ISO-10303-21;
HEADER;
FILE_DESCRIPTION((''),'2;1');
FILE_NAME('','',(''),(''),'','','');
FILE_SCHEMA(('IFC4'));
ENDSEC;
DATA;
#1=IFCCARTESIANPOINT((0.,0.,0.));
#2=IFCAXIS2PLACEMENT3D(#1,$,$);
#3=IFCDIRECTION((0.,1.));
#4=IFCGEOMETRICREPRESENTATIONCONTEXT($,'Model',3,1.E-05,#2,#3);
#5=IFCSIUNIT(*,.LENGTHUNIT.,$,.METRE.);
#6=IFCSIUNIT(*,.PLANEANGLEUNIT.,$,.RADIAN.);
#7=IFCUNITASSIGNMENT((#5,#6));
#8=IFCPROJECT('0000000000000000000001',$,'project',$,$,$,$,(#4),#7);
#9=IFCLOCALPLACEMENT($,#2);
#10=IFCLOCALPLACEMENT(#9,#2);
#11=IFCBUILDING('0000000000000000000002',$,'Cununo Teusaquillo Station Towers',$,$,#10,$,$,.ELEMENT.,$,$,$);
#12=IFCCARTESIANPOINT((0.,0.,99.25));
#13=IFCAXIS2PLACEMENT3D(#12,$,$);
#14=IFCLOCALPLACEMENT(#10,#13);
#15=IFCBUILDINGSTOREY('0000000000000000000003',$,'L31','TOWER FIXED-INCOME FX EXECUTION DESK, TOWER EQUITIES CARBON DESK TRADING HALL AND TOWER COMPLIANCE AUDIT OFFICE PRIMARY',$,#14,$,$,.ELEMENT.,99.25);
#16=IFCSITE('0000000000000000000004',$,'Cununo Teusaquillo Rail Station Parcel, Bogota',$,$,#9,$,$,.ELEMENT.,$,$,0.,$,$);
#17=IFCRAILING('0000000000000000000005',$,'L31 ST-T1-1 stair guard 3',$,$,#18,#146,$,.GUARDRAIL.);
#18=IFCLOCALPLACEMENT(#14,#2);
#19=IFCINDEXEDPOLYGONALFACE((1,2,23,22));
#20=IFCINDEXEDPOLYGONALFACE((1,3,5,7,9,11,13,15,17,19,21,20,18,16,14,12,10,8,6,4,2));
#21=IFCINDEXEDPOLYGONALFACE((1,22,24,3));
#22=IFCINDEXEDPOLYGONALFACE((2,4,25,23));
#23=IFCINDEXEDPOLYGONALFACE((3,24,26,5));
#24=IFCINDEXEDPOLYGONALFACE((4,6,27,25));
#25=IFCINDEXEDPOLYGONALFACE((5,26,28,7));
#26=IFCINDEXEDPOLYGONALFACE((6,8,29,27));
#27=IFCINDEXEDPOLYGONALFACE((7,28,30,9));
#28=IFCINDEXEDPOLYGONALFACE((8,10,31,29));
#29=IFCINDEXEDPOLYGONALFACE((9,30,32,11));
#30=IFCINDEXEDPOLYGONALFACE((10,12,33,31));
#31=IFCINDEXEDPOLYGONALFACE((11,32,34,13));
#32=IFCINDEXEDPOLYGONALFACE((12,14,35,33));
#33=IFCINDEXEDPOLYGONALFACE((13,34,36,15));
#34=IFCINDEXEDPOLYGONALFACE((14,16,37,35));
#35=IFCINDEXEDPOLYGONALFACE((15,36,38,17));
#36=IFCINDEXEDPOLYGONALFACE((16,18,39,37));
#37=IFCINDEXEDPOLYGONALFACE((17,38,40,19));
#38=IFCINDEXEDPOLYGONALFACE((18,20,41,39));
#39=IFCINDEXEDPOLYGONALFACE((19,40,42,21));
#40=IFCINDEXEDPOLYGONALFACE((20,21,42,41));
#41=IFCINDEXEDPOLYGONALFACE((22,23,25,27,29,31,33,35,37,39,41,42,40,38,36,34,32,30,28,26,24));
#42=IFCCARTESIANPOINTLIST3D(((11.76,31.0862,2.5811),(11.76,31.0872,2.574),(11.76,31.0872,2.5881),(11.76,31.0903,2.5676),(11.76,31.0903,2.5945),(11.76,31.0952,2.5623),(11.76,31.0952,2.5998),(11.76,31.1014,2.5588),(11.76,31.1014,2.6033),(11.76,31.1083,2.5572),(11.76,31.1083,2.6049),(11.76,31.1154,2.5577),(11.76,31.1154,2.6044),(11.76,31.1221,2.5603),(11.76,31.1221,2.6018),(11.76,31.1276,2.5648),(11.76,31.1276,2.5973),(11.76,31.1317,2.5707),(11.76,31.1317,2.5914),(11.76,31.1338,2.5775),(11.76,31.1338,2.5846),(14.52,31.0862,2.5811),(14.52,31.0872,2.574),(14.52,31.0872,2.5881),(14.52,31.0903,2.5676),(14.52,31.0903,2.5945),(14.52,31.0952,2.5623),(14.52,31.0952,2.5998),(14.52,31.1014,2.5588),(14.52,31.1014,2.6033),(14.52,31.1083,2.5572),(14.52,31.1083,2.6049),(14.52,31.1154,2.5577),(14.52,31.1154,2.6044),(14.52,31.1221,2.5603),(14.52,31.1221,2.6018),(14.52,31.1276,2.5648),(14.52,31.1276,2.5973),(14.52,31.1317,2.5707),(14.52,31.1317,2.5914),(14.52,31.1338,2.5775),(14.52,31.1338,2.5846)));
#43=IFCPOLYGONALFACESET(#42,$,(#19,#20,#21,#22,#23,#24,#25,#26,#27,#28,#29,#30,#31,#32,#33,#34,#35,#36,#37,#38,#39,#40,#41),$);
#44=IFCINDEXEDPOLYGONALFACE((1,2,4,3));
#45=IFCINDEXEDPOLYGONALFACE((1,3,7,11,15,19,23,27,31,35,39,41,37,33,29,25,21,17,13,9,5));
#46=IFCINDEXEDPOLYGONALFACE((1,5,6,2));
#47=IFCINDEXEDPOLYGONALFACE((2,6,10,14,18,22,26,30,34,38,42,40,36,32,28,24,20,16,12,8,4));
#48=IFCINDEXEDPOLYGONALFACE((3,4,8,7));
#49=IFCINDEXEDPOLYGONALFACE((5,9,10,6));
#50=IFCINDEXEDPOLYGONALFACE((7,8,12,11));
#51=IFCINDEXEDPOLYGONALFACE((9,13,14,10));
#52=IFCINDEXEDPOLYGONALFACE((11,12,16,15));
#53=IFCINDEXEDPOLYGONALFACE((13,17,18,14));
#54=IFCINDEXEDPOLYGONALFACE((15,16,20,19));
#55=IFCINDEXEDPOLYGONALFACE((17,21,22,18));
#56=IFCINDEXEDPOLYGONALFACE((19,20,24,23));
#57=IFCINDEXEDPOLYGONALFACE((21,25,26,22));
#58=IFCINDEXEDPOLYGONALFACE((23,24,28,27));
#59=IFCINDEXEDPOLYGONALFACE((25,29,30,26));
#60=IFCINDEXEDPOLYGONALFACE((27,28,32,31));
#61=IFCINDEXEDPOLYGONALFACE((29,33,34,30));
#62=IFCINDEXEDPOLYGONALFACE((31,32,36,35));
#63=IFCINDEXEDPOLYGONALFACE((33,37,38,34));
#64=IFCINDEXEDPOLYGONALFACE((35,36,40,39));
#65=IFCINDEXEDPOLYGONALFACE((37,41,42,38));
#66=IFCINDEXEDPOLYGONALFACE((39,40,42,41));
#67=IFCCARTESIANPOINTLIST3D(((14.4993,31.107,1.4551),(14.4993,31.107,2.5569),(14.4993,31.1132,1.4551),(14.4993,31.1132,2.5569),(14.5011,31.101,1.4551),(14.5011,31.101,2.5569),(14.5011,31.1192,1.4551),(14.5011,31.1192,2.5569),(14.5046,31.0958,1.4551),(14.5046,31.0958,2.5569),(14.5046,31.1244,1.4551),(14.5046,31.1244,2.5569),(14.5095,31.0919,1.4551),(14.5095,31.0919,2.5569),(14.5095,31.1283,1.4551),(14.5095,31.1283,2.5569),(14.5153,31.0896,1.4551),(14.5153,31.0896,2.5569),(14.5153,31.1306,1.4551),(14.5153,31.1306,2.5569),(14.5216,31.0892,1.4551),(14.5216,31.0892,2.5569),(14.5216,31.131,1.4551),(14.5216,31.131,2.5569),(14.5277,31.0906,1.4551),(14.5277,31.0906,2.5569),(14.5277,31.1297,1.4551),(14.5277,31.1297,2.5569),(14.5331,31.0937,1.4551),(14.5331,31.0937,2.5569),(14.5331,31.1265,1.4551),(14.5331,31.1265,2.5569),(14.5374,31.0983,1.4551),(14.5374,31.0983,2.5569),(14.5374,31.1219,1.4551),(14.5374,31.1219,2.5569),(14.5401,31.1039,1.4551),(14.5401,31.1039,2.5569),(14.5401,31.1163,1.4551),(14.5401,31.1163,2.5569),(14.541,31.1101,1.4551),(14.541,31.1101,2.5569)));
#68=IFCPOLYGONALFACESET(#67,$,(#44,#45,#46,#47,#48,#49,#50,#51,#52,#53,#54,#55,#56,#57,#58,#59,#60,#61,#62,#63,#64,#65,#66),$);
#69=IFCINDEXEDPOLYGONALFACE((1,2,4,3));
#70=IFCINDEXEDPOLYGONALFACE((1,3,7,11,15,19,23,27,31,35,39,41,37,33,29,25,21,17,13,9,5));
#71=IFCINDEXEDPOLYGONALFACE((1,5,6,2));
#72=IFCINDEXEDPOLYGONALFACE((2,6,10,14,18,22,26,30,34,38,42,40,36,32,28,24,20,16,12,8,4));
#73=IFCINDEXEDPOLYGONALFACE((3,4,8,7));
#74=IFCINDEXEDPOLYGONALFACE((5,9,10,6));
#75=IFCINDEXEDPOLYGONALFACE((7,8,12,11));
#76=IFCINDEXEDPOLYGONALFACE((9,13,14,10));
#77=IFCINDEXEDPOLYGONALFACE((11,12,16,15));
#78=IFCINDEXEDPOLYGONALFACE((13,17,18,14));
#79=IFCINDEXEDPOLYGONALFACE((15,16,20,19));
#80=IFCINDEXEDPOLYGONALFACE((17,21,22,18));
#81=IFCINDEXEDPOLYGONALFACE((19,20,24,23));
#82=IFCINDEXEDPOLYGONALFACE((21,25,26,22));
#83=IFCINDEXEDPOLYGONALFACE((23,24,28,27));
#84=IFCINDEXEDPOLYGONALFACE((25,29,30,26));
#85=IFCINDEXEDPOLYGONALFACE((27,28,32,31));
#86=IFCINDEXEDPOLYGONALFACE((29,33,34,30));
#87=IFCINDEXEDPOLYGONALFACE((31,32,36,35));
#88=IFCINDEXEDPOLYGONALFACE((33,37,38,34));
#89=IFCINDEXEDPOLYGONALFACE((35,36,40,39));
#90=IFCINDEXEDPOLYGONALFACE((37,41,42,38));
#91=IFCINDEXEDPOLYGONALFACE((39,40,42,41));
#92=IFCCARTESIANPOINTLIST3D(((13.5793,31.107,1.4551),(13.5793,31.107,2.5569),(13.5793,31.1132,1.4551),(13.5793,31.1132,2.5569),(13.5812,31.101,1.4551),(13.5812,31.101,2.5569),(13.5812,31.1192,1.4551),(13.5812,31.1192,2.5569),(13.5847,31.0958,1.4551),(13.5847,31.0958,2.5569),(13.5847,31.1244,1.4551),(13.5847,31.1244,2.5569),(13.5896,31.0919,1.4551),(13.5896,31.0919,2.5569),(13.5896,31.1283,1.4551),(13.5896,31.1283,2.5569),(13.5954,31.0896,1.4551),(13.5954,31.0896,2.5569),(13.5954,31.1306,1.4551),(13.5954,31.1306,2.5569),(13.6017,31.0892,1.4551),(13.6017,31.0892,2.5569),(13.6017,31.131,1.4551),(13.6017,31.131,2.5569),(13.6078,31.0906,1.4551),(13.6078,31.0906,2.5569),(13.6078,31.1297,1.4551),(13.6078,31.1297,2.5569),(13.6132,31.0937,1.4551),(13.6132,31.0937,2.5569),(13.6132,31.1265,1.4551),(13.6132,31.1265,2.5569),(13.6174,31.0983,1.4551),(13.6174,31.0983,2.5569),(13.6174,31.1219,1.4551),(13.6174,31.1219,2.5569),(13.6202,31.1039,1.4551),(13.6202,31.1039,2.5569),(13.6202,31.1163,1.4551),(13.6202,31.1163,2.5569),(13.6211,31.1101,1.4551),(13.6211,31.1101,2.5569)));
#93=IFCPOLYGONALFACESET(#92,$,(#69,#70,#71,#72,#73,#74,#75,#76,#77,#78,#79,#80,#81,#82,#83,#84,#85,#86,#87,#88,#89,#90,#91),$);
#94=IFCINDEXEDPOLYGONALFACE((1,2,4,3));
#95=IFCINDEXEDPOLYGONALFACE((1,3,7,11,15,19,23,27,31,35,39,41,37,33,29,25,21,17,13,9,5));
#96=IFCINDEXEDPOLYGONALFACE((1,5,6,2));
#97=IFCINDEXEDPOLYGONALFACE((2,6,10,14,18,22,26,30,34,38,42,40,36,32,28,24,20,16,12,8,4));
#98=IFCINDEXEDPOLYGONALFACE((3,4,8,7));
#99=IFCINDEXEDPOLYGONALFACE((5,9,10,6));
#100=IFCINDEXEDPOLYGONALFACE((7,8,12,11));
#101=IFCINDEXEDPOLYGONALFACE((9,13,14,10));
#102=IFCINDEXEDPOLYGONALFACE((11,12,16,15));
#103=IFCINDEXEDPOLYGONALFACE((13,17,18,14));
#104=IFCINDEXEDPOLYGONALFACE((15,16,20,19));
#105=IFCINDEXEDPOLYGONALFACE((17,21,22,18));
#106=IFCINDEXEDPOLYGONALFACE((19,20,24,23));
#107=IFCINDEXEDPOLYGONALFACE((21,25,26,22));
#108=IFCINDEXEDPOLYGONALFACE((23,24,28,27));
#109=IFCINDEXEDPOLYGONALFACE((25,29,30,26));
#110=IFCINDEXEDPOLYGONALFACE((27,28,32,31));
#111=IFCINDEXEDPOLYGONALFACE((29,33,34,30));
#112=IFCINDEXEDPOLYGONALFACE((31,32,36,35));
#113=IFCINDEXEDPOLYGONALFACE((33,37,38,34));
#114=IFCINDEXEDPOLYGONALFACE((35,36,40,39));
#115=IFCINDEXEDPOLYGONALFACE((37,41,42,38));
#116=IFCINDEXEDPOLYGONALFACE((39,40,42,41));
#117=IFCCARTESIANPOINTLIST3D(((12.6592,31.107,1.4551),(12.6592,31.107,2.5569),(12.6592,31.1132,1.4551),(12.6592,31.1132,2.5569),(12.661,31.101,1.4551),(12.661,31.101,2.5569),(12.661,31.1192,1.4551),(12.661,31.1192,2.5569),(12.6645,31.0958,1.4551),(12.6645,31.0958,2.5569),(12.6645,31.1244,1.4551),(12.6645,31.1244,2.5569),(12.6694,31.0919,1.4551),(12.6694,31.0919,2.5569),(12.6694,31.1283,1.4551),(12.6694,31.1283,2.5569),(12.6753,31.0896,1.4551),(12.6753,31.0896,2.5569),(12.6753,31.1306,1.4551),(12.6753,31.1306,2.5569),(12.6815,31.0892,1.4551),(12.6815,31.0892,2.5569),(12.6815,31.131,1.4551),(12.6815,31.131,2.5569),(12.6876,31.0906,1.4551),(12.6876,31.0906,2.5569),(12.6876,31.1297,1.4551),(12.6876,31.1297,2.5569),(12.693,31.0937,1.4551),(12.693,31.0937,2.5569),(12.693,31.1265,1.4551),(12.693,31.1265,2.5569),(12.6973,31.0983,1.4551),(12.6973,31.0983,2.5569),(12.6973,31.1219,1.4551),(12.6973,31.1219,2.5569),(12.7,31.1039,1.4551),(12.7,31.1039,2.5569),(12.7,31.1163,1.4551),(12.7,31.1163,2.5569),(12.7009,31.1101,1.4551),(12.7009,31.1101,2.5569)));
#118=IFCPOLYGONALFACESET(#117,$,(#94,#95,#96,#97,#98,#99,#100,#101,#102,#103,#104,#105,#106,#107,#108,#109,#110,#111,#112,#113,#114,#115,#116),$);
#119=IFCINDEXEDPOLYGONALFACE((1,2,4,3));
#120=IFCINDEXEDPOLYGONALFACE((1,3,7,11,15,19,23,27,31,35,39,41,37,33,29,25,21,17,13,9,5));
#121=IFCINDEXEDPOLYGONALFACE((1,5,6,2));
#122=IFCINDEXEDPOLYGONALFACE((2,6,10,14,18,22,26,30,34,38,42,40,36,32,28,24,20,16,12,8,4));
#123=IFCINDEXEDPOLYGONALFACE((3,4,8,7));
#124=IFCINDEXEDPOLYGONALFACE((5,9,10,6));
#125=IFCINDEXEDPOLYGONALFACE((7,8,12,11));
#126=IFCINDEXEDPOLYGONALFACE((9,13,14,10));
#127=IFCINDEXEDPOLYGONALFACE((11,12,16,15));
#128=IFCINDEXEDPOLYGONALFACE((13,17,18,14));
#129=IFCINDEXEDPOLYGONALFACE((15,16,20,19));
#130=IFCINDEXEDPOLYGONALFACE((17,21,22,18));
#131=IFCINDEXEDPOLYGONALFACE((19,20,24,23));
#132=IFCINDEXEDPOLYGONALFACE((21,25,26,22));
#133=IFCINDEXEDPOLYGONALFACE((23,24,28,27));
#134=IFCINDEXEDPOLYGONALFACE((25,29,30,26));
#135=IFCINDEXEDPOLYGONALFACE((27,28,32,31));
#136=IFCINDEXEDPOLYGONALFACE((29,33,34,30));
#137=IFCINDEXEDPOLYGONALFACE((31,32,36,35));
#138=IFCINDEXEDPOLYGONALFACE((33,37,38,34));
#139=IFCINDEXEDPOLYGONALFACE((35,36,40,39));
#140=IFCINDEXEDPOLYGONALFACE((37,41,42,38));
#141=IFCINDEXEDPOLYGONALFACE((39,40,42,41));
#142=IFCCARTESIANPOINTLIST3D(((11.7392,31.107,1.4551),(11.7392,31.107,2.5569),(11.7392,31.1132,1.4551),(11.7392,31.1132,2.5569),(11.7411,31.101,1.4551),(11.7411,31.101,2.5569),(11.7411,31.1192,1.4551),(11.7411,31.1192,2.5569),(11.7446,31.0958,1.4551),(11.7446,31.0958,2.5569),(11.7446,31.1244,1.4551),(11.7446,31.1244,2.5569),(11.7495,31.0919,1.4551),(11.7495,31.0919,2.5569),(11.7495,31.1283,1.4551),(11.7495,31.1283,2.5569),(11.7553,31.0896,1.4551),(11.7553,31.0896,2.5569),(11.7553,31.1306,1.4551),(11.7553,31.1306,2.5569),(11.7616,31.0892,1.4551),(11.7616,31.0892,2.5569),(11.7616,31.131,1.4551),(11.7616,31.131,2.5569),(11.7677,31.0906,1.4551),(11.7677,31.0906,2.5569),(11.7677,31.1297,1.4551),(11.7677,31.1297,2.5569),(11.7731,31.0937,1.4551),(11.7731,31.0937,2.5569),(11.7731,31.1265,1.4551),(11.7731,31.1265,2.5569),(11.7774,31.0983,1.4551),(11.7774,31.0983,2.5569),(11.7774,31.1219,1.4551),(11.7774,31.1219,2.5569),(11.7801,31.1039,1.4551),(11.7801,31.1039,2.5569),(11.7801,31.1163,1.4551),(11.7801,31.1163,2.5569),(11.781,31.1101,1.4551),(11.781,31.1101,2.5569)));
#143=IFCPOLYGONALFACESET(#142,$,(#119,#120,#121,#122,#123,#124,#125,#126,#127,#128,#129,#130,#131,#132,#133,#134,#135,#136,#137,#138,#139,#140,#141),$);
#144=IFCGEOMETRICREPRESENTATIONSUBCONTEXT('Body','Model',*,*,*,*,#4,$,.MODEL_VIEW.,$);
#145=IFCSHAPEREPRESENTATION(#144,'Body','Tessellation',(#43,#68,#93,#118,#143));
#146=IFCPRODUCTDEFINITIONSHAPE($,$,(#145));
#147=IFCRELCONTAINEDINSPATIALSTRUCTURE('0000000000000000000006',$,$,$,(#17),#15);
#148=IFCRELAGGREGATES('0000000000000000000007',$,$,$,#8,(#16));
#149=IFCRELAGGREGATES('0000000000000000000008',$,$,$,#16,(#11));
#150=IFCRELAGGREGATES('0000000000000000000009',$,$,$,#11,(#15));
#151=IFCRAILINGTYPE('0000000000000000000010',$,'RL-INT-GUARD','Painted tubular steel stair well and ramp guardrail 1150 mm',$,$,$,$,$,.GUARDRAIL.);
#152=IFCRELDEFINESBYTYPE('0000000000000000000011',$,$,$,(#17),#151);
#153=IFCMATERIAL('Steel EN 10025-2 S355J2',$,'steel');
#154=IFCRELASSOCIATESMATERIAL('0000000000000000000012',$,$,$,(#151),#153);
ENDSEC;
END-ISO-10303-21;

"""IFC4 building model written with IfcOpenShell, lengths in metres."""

from ifc_helpers import new_model, si_unit, direction, frame, origin, origin_2d, place, context, subcontext, project, spatial, circle, extrude, material, type_object, element, save


model = new_model("IFC4")

# Units and contexts
model_context = context("Model", 3, precision=1e-05, world=origin(), true_north=direction((0.0, 1.0)))
body_context = subcontext(model_context, "Body", "Model", "MODEL_VIEW")
ifc_project = project(units=[si_unit("LENGTHUNIT", "METRE"), si_unit("PLANEANGLEUNIT", "RADIAN")], contexts=[model_context])

# Site, building, storey
site_placement = place(None, origin())
site = spatial("IfcSite", under=ifc_project, at=site_placement, Name="Cununo Teusaquillo Rail Station Parcel, Bogota", CompositionType="ELEMENT", RefElevation=0.0)
building_placement = place(site_placement, origin())
building = spatial("IfcBuilding", under=site, at=building_placement, Name="Cununo Teusaquillo Station Towers", CompositionType="ELEMENT")
storey_placement = place(building_placement, frame((0.0, 0.0, 99.25)))
storey = spatial("IfcBuildingStorey", under=building, at=storey_placement, Name="L31", Description="TOWER FIXED-INCOME FX EXECUTION DESK, TOWER EQUITIES CARBON DESK TRADING HALL AND TOWER COMPLIANCE AUDIT OFFICE PRIMARY", CompositionType="ELEMENT", Elevation=99.25)

# Railing
ifc_material_1 = material(Name="Steel EN 10025-2 S355J2", Category="steel")
railing_type_1 = type_object("IfcRailingType", Name="RL-INT-GUARD", Description="Painted tubular steel stair well and ramp guardrail 1150 mm", PredefinedType="GUARDRAIL", material=ifc_material_1)
railing_1_placement = place(storey_placement, frame((14.52, 31.1101, 1.4551)))
element("IfcRailing", 1, at=railing_1_placement, inside=storey, type_object=railing_type_1, Name="L31 ST-T1-1 stair guard 3", PredefinedType="GUARDRAIL", context=body_context, shape_type="SweptSolid", body=[
    extrude(circle(Radius=0.0239, at=origin_2d()), frame((0.0, 0.0, 1.126), z_axis=(-1.0, 0.0, 0.0), x_axis=(0.0, -1.0, 0.0)), (0.0, 0.0, 1.0), 2.76),
    extrude(circle(Radius=0.021, at=origin_2d()), origin(), (0.0, 0.0, 1.0), 1.1018),
    extrude(circle(Radius=0.021, at=origin_2d()), frame((-0.9199, 0.0, 0.0)), (0.0, 0.0, 1.0), 1.1018),
    extrude(circle(Radius=0.021, at=origin_2d()), frame((-1.8401, 0.0, 0.0)), (0.0, 0.0, 1.0), 1.1018),
    extrude(circle(Radius=0.021, at=origin_2d()), frame((-2.76, 0.0, 0.0)), (0.0, 0.0, 1.0), 1.1018),
])

save(model, "model.ifc")
